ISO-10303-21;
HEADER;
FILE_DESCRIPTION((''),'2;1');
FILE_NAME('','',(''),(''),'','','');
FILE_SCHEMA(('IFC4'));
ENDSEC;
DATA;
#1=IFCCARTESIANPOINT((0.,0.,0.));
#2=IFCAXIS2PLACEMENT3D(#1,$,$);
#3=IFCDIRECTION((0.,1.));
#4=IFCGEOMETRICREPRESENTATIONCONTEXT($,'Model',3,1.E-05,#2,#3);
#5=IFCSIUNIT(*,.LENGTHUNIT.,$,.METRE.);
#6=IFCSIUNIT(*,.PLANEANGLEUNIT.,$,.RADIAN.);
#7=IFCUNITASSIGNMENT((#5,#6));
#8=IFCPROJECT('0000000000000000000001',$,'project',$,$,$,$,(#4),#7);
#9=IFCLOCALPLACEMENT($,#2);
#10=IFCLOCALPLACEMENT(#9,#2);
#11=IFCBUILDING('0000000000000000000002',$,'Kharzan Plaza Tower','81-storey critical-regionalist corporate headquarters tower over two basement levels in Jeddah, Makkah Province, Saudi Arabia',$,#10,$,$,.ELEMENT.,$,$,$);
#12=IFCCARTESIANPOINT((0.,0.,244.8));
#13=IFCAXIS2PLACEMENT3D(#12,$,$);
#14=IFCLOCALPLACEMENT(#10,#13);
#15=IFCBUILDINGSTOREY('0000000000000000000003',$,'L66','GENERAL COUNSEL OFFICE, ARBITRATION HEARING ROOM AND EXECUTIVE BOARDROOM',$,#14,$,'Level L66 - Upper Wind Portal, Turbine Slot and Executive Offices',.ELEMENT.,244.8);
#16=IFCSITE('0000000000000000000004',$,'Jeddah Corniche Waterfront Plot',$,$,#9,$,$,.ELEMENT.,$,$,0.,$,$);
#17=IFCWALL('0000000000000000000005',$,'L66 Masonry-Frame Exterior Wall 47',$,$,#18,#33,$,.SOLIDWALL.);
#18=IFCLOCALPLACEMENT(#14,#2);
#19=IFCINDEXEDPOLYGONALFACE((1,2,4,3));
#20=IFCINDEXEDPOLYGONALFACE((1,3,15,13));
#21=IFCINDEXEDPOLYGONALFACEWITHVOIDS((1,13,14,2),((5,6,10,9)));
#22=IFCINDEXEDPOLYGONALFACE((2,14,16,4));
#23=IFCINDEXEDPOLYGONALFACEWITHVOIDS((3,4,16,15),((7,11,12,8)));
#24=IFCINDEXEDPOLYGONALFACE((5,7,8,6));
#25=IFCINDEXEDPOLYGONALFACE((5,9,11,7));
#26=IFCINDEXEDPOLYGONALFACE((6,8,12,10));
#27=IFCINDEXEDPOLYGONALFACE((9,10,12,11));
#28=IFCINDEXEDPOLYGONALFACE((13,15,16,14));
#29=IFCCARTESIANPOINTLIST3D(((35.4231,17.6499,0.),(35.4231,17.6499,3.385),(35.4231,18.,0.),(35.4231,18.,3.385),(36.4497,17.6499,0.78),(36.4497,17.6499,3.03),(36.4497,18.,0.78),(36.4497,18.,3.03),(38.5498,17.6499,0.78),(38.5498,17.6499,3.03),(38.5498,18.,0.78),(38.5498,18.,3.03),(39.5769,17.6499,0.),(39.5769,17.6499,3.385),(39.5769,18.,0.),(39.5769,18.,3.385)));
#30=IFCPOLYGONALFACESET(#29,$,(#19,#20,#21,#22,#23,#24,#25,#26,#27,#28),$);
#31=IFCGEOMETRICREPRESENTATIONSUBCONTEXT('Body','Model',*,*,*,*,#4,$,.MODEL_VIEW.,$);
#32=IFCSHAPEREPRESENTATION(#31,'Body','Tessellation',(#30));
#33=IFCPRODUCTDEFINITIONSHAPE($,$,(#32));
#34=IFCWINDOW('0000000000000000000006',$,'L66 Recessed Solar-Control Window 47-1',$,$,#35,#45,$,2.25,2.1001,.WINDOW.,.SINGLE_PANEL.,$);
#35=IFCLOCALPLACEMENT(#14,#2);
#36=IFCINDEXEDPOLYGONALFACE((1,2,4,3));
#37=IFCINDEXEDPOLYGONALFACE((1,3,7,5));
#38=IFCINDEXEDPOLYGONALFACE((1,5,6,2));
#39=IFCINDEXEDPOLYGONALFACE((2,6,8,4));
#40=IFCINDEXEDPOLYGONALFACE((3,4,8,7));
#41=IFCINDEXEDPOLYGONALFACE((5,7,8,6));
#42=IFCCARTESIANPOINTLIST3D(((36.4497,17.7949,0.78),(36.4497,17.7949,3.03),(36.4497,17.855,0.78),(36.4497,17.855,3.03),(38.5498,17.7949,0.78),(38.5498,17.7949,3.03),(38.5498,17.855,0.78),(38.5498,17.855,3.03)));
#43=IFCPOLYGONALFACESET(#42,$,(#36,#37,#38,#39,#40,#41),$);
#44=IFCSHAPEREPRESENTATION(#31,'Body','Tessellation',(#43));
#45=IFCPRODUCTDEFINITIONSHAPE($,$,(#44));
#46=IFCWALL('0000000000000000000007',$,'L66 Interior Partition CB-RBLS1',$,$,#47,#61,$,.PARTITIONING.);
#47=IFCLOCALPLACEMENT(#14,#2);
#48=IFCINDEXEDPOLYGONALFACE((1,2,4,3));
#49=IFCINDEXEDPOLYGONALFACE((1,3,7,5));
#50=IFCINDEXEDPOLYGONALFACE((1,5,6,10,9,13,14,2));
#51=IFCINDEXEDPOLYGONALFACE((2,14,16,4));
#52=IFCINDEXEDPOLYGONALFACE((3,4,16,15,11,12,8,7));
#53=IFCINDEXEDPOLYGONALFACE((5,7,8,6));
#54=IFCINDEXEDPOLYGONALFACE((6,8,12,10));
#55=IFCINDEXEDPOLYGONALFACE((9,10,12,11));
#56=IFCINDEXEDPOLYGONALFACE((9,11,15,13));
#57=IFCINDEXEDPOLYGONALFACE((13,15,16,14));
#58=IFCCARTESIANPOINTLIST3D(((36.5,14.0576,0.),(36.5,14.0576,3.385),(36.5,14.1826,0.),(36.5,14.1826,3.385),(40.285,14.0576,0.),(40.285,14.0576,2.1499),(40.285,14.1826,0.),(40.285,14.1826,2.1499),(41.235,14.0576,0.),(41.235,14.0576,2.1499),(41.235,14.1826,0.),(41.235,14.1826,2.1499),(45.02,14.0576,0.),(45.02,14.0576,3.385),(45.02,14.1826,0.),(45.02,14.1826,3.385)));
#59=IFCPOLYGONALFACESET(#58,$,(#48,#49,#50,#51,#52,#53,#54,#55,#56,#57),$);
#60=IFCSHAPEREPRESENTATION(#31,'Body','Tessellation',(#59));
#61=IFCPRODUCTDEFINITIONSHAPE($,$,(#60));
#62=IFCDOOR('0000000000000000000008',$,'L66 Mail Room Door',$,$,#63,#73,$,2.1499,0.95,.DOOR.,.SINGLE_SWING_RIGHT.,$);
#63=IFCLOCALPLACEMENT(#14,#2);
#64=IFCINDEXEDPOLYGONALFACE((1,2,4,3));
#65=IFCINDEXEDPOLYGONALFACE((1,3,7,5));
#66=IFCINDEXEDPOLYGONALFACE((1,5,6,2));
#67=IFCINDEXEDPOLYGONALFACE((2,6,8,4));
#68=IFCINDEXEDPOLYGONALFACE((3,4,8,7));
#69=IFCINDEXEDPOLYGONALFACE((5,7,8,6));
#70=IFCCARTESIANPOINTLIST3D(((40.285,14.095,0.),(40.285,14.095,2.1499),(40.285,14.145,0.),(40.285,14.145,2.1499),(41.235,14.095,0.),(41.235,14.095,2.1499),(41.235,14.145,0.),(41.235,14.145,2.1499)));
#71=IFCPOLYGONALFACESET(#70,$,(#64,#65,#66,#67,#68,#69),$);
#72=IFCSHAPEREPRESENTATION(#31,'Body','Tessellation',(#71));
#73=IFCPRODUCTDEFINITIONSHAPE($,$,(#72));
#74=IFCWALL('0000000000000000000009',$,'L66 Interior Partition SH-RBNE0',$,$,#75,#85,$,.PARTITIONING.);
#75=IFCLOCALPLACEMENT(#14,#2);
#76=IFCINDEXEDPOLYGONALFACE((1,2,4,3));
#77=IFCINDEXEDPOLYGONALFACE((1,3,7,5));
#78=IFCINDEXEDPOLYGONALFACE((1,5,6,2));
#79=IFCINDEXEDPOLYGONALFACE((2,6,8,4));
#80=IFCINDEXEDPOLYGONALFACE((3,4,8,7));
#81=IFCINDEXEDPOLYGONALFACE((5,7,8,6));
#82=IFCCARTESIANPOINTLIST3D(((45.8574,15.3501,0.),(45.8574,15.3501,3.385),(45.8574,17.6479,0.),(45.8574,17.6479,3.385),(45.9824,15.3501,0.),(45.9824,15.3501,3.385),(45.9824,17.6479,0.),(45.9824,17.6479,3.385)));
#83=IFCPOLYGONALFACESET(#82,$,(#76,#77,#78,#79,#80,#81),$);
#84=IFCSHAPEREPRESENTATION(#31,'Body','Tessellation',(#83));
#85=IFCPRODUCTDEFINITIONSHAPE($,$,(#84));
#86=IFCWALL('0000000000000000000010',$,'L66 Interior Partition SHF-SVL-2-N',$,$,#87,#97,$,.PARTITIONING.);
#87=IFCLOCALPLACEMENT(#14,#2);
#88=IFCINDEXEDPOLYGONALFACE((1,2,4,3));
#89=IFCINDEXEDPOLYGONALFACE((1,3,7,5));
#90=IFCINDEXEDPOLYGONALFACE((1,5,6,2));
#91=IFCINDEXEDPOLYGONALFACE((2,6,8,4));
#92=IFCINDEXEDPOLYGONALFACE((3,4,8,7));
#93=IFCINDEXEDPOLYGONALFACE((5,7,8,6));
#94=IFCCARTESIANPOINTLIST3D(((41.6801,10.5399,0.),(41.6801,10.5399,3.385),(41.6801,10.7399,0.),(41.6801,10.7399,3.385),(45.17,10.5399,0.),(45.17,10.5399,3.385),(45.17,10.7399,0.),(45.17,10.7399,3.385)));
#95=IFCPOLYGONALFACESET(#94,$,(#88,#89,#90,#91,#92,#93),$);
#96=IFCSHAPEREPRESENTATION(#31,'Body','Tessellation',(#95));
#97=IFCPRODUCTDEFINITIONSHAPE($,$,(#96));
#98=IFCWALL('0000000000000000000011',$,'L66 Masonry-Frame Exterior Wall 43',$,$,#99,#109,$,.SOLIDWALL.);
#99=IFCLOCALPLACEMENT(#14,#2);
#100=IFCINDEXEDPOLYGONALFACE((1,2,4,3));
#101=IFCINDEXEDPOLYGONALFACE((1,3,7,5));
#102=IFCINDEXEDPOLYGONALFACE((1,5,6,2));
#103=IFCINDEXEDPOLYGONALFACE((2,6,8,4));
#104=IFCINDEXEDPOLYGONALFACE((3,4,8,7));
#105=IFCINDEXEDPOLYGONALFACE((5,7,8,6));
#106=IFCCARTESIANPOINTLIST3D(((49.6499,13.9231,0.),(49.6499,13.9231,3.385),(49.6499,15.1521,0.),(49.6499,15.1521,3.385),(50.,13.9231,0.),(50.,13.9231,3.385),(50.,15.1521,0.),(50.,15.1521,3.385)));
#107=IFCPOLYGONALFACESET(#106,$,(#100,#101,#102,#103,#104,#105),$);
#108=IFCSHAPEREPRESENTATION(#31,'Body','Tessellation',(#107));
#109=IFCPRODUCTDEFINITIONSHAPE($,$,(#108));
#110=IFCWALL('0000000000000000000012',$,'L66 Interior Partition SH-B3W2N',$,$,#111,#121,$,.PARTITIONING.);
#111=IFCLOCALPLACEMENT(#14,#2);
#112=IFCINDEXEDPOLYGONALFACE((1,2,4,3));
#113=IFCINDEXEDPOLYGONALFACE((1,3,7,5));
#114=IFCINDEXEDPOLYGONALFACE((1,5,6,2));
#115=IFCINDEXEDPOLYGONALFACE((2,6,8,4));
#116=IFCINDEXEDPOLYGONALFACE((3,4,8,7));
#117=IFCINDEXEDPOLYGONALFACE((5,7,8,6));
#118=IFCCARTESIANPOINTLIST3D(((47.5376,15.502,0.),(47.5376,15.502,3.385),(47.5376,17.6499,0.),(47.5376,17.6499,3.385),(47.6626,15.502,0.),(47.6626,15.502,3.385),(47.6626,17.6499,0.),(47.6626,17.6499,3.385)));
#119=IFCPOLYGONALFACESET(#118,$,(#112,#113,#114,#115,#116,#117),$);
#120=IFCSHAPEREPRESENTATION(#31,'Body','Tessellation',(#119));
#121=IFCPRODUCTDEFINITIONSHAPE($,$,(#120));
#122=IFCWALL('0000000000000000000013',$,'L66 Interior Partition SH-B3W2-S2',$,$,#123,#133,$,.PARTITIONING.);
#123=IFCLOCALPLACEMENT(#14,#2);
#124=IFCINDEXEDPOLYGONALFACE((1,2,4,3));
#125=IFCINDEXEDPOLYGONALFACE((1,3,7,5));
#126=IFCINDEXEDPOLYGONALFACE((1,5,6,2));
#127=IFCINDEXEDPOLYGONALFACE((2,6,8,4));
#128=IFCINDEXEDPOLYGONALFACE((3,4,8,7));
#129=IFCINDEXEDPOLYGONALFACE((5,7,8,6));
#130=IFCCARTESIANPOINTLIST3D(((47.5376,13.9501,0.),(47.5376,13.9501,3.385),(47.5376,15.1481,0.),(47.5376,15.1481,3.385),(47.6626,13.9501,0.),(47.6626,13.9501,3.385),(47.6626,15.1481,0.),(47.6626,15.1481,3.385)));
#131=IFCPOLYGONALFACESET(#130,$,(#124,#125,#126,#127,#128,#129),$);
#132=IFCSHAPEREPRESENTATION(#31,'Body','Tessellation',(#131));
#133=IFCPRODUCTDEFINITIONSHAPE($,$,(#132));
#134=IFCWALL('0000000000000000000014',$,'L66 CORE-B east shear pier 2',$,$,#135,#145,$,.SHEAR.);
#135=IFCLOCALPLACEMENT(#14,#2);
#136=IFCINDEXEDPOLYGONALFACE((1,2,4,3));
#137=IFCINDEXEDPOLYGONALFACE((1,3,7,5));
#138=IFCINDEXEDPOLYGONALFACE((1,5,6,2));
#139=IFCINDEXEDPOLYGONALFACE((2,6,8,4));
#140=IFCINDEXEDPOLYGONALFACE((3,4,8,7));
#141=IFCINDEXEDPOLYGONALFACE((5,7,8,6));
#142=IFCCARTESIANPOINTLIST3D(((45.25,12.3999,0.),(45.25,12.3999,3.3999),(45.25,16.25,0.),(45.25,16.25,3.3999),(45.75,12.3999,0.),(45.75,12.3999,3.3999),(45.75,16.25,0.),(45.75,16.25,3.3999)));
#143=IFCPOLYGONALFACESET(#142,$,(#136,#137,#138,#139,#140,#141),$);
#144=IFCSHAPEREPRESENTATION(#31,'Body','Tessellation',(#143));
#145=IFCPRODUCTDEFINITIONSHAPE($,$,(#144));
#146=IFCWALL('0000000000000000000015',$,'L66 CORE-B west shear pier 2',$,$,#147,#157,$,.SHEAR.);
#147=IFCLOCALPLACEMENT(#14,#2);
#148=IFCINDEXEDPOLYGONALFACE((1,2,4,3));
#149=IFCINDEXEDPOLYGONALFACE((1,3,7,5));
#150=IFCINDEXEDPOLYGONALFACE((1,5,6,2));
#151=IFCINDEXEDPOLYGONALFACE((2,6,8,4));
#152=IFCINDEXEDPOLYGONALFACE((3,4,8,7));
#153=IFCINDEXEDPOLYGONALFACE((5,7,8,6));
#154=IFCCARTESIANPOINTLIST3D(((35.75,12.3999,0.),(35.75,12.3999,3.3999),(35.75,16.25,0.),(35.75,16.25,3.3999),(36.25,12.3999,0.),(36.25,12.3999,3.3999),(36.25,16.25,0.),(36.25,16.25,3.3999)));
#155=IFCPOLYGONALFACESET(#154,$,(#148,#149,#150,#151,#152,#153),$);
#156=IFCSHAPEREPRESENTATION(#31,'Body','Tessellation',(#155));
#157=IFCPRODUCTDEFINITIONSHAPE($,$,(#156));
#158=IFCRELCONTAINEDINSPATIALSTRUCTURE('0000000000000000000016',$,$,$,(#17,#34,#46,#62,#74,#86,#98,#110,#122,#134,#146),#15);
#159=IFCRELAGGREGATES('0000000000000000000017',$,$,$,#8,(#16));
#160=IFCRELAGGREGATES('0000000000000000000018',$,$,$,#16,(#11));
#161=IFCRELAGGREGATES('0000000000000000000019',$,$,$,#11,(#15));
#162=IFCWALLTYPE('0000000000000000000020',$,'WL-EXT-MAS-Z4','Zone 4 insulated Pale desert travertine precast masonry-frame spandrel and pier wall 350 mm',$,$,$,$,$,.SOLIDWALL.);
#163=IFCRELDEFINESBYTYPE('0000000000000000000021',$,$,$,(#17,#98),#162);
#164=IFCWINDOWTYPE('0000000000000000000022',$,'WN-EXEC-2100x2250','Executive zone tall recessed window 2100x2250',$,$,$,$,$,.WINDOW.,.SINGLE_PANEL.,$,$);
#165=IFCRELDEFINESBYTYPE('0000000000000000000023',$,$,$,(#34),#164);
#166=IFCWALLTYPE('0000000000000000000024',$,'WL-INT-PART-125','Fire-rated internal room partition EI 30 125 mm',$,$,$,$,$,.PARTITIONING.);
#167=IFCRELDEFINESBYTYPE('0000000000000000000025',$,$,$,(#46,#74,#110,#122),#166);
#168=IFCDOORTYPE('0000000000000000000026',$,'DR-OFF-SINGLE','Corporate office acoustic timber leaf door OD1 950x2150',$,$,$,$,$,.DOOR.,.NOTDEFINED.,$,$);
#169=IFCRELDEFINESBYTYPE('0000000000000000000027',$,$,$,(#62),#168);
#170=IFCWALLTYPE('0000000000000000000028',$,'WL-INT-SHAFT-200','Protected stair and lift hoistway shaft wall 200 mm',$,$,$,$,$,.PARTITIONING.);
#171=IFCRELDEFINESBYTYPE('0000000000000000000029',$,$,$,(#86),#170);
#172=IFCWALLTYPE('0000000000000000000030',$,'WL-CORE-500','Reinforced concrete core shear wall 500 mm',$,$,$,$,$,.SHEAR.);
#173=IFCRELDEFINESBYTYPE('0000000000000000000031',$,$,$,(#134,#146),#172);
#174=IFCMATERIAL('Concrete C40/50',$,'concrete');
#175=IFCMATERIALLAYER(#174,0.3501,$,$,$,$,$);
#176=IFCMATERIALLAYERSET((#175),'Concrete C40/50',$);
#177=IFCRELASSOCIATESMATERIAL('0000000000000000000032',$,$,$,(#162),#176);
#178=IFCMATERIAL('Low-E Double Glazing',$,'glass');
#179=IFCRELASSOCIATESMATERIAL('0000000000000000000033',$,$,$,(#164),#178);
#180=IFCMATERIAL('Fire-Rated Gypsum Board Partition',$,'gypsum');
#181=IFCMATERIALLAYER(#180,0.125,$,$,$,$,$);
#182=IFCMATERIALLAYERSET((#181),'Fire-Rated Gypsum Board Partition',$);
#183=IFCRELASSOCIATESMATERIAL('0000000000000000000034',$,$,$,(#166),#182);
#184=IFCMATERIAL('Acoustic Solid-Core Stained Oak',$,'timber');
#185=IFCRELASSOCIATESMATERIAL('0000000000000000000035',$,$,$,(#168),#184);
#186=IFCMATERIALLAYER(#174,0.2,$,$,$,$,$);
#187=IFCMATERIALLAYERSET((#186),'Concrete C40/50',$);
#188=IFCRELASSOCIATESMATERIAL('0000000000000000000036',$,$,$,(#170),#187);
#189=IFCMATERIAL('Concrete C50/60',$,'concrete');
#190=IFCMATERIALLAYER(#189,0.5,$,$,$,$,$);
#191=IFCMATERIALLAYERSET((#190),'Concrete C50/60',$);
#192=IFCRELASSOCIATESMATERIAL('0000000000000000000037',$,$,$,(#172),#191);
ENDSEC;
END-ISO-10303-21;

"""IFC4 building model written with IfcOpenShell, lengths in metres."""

from ifc_helpers import new_model, si_unit, direction, frame, frame_2d, origin, place, context, subcontext, project, spatial, rectangle, extrude, source, transform, mapped, material, layer, layer_set, type_object, element, fill, save


model = new_model("IFC4")

# Units and contexts
model_context = context("Model", 3, precision=1e-05, world=origin(), true_north=direction((0.0, 1.0)))
body_context = subcontext(model_context, "Body", "Model", "MODEL_VIEW")
ifc_project = project(units=[si_unit("LENGTHUNIT", "METRE"), si_unit("PLANEANGLEUNIT", "RADIAN")], contexts=[model_context])

# Site, building, storey
site_placement = place(None, origin())
site = spatial("IfcSite", under=ifc_project, at=site_placement, Name="Jeddah Corniche Waterfront Plot", CompositionType="ELEMENT", RefElevation=0.0)
building_placement = place(site_placement, origin())
building = spatial("IfcBuilding", under=site, at=building_placement, Name="Kharzan Plaza Tower", Description="81-storey critical-regionalist corporate headquarters tower over two basement levels in Jeddah, Makkah Province, Saudi Arabia", CompositionType="ELEMENT")
storey_placement = place(building_placement, frame((0.0, 0.0, 244.8)))
storey = spatial("IfcBuildingStorey", under=building, at=storey_placement, Name="L66", Description="GENERAL COUNSEL OFFICE, ARBITRATION HEARING ROOM AND EXECUTIVE BOARDROOM", LongName="Level L66 - Upper Wind Portal, Turbine Slot and Executive Offices", CompositionType="ELEMENT", Elevation=244.8)

# Shared definitions
ifc_material_1 = material(Name="Concrete C50/60", Category="concrete")

# Wall, opening, window
ifc_material_2 = material(Name="Concrete C40/50", Category="concrete")
ifc_layer_1 = layer(ifc_material_2, 0.3501)
ifc_layer_set_1 = layer_set([ifc_layer_1], Name="Concrete C40/50")
wall_type_1 = type_object("IfcWallType", Name="WL-EXT-MAS-Z4", Description="Zone 4 insulated Pale desert travertine precast masonry-frame spandrel and pier wall 350 mm", PredefinedType="SOLIDWALL", material=ifc_layer_set_1)
ifc_material_3 = material(Name="Low-E Double Glazing", Category="glass")
window_type_1 = type_object("IfcWindowType", Name="WN-EXEC-2100x2250", Description="Executive zone tall recessed window 2100x2250", PartitioningType="SINGLE_PANEL", PredefinedType="WINDOW", material=ifc_material_3)
shared_shape_1 = source(origin(), body_context, "Body", "SweptSolid", [
    extrude(rectangle(XDim=2.1001, YDim=2.25, at=frame_2d((1.05, 1.125))), frame((0.0, 0.03, 0.0), z_axis=(0.0, -1.0, 0.0), x_axis=(1.0, 0.0, 0.0)), (0.0, 0.0, 1.0), 0.0601),
])
wall_1_placement = place(storey_placement, frame((39.5769, 17.825, 0.0), z_axis=(0.0, 0.0, 1.0), x_axis=(-1.0, 0.0, 0.0)))
wall_1 = element("IfcWall", 1, at=wall_1_placement, inside=storey, type_object=wall_type_1, Name="L66 Masonry-Frame Exterior Wall 47", PredefinedType="SOLIDWALL", context=body_context, shape_type="SweptSolid", body=[
    extrude(rectangle(XDim=4.1538, YDim=0.3501, at=frame_2d((2.0769, 0.0))), origin(), (0.0, 0.0, 1.0), 3.385),
])
opening_1_placement = place(wall_1_placement, frame((1.0271, 0.0, 0.78)))
opening_1 = element("IfcOpeningElement", 2, at=opening_1_placement, cuts=wall_1, PredefinedType="OPENING", context=body_context, shape_type="SweptSolid", body=[
    extrude(rectangle(XDim=2.1001, YDim=2.25, at=frame_2d((1.05, 1.125))), frame((0.0, 0.1851, 0.0), z_axis=(0.0, -1.0, 0.0), x_axis=(1.0, 0.0, 0.0)), (0.0, 0.0, 1.0), 0.3701),
])
window_1_placement = place(opening_1_placement, origin())
window_1 = element("IfcWindow", 3, at=window_1_placement, inside=storey, type_object=window_type_1, Name="L66 Recessed Solar-Control Window 47-1", OverallHeight=2.25, OverallWidth=2.1001, PartitioningType="SINGLE_PANEL", PredefinedType="WINDOW", context=body_context, shape_type="MappedRepresentation", body=[
    mapped(shared_shape_1, transform((0.0, 0.0, 0.0), x_axis=(1.0, 0.0, 0.0), y_axis=(0.0, 1.0, 0.0), z_axis=(0.0, 0.0, 1.0))),
])
fill(opening_1, window_1)

# Wall, opening, door
ifc_material_4 = material(Name="Fire-Rated Gypsum Board Partition", Category="gypsum")
ifc_layer_2 = layer(ifc_material_4, 0.125)
ifc_layer_set_2 = layer_set([ifc_layer_2], Name="Fire-Rated Gypsum Board Partition")
wall_type_2 = type_object("IfcWallType", Name="WL-INT-PART-125", Description="Fire-rated internal room partition EI 30 125 mm", PredefinedType="PARTITIONING", material=ifc_layer_set_2)
wall_2_placement = place(storey_placement, frame((36.5, 14.1201, 0.0), z_axis=(0.0, 0.0, 1.0), x_axis=(1.0, 0.0, 0.0)))
wall_2 = element("IfcWall", 4, at=wall_2_placement, inside=storey, type_object=wall_type_2, Name="L66 Interior Partition CB-RBLS1", PredefinedType="PARTITIONING", context=body_context, shape_type="SweptSolid", body=[
    extrude(rectangle(XDim=8.52, YDim=0.125, at=frame_2d((4.26, 0.0))), origin(), (0.0, 0.0, 1.0), 3.385),
])
opening_2_placement = place(wall_2_placement, frame((3.7849, 0.0, 0.0)))
opening_2 = element("IfcOpeningElement", 5, at=opening_2_placement, cuts=wall_2, PredefinedType="OPENING", context=body_context, shape_type="SweptSolid", body=[
    extrude(rectangle(XDim=0.95, YDim=2.1499, at=frame_2d((0.4751, 1.075))), frame((0.0, 0.0725, 0.0), z_axis=(0.0, -1.0, 0.0), x_axis=(1.0, 0.0, 0.0)), (0.0, 0.0, 1.0), 0.145),
])
ifc_material_5 = material(Name="Acoustic Solid-Core Stained Oak", Category="timber")
door_type = type_object("IfcDoorType", Name="DR-OFF-SINGLE", Description="Corporate office acoustic timber leaf door OD1 950x2150", OperationType="NOTDEFINED", PredefinedType="DOOR", material=ifc_material_5)
shared_shape_2 = source(origin(), body_context, "Body", "SweptSolid", [
    extrude(rectangle(XDim=0.95, YDim=2.1499, at=frame_2d((0.4751, 1.075))), frame((0.0, 0.0249, 0.0), z_axis=(0.0, -1.0, 0.0), x_axis=(1.0, 0.0, 0.0)), (0.0, 0.0, 1.0), 0.05),
])
door_1_placement = place(opening_2_placement, origin())
door_1 = element("IfcDoor", 6, at=door_1_placement, inside=storey, type_object=door_type, Name="L66 Mail Room Door", OperationType="SINGLE_SWING_RIGHT", OverallHeight=2.1499, OverallWidth=0.95, PredefinedType="DOOR", context=body_context, shape_type="MappedRepresentation", body=[
    mapped(shared_shape_2, transform((0.0, 0.0, 0.0), x_axis=(1.0, 0.0, 0.0), y_axis=(0.0, 1.0, 0.0), z_axis=(0.0, 0.0, 1.0))),
])
fill(opening_2, door_1)

# Walls
shared_shape_3 = source(origin(), body_context, "Body", "SweptSolid", [
    extrude(rectangle(XDim=2.2979, YDim=0.125, at=frame_2d((1.1489, 0.0))), origin(), (0.0, 0.0, 1.0), 3.385),
])
wall_3_placement = place(storey_placement, frame((45.9199, 15.3501, 0.0), z_axis=(0.0, 0.0, 1.0), x_axis=(0.0, 1.0, 0.0)))
element("IfcWall", 7, at=wall_3_placement, inside=storey, type_object=wall_type_2, Name="L66 Interior Partition SH-RBNE0", PredefinedType="PARTITIONING", context=body_context, shape_type="MappedRepresentation", body=[
    mapped(shared_shape_3, transform((0.0, 0.0, 0.0), x_axis=(1.0, 0.0, 0.0), y_axis=(0.0, 1.0, 0.0), z_axis=(0.0, 0.0, 1.0))),
])
ifc_layer_3 = layer(ifc_material_2, 0.2)
ifc_layer_set_3 = layer_set([ifc_layer_3], Name="Concrete C40/50")
wall_type_3 = type_object("IfcWallType", Name="WL-INT-SHAFT-200", Description="Protected stair and lift hoistway shaft wall 200 mm", PredefinedType="PARTITIONING", material=ifc_layer_set_3)
shared_shape_4 = source(origin(), body_context, "Body", "SweptSolid", [
    extrude(rectangle(XDim=3.49, YDim=0.2, at=frame_2d((1.7451, 0.0))), origin(), (0.0, 0.0, 1.0), 3.385),
])
wall_4_placement = place(storey_placement, frame((41.6799, 10.6399, 0.0), z_axis=(0.0, 0.0, 1.0), x_axis=(1.0, 0.0, 0.0)))
element("IfcWall", 8, at=wall_4_placement, inside=storey, type_object=wall_type_3, Name="L66 Interior Partition SHF-SVL-2-N", PredefinedType="PARTITIONING", context=body_context, shape_type="MappedRepresentation", body=[
    mapped(shared_shape_4, transform((0.0, 0.0, 0.0), x_axis=(1.0, 0.0, 0.0), y_axis=(0.0, 1.0, 0.0), z_axis=(0.0, 0.0, 1.0))),
])
shared_shape_5 = source(origin(), body_context, "Body", "SweptSolid", [
    extrude(rectangle(XDim=1.229, YDim=0.3501, at=frame_2d((0.6145, 0.0))), origin(), (0.0, 0.0, 1.0), 3.385),
])
wall_5_placement = place(storey_placement, frame((49.825, 13.9231, 0.0), z_axis=(0.0, 0.0, 1.0), x_axis=(0.0, 1.0, 0.0)))
element("IfcWall", 9, at=wall_5_placement, inside=storey, type_object=wall_type_1, Name="L66 Masonry-Frame Exterior Wall 43", PredefinedType="SOLIDWALL", context=body_context, shape_type="MappedRepresentation", body=[
    mapped(shared_shape_5, transform((0.0, 0.0, 0.0), x_axis=(1.0, 0.0, 0.0), y_axis=(0.0, 1.0, 0.0), z_axis=(0.0, 0.0, 1.0))),
])
shared_shape_6 = source(origin(), body_context, "Body", "SweptSolid", [
    extrude(rectangle(XDim=2.1479, YDim=0.125, at=frame_2d((1.074, 0.0))), origin(), (0.0, 0.0, 1.0), 3.385),
])
wall_6_placement = place(storey_placement, frame((47.6001, 15.502, 0.0), z_axis=(0.0, 0.0, 1.0), x_axis=(0.0, 1.0, 0.0)))
element("IfcWall", 10, at=wall_6_placement, inside=storey, type_object=wall_type_2, Name="L66 Interior Partition SH-B3W2N", PredefinedType="PARTITIONING", context=body_context, shape_type="MappedRepresentation", body=[
    mapped(shared_shape_6, transform((0.0, 0.0, 0.0), x_axis=(1.0, 0.0, 0.0), y_axis=(0.0, 1.0, 0.0), z_axis=(0.0, 0.0, 1.0))),
])
shared_shape_7 = source(origin(), body_context, "Body", "SweptSolid", [
    extrude(rectangle(XDim=1.198, YDim=0.125, at=frame_2d((0.5991, 0.0))), origin(), (0.0, 0.0, 1.0), 3.385),
])
wall_7_placement = place(storey_placement, frame((47.6001, 13.95, 0.0), z_axis=(0.0, 0.0, 1.0), x_axis=(0.0, 1.0, 0.0)))
element("IfcWall", 11, at=wall_7_placement, inside=storey, type_object=wall_type_2, Name="L66 Interior Partition SH-B3W2-S2", PredefinedType="PARTITIONING", context=body_context, shape_type="MappedRepresentation", body=[
    mapped(shared_shape_7, transform((0.0, 0.0, 0.0), x_axis=(1.0, 0.0, 0.0), y_axis=(0.0, 1.0, 0.0), z_axis=(0.0, 0.0, 1.0))),
])
ifc_layer_4 = layer(ifc_material_1, 0.5)
ifc_layer_set_4 = layer_set([ifc_layer_4], Name="Concrete C50/60")
wall_type_4 = type_object("IfcWallType", Name="WL-CORE-500", Description="Reinforced concrete core shear wall 500 mm", PredefinedType="SHEAR", material=ifc_layer_set_4)
shared_shape_8 = source(origin(), body_context, "Body", "SweptSolid", [
    extrude(rectangle(XDim=3.8501, YDim=0.5, at=frame_2d((1.925, 0.0))), origin(), (0.0, 0.0, 1.0), 3.3999),
])
for number, where, z_axis, x_axis, name in (
    (12, (45.5, 12.3999, 0.0), (0.0, 0.0, 1.0), (0.0, 1.0, 0.0), "L66 CORE-B east shear pier 2"),
    (13, (36.0, 12.3999, 0.0), (0.0, 0.0, 1.0), (0.0, 1.0, 0.0), "L66 CORE-B west shear pier 2"),
):
    element("IfcWall", number, at=place(storey_placement, frame(where, z_axis=z_axis, x_axis=x_axis)), inside=storey, type_object=wall_type_4, Name=name, PredefinedType="SHEAR", context=body_context, shape_type="MappedRepresentation", body=[
        mapped(shared_shape_8, transform((0.0, 0.0, 0.0), x_axis=(1.0, 0.0, 0.0), y_axis=(0.0, 1.0, 0.0), z_axis=(0.0, 0.0, 1.0))),
    ])

save(model, "model.ifc")
